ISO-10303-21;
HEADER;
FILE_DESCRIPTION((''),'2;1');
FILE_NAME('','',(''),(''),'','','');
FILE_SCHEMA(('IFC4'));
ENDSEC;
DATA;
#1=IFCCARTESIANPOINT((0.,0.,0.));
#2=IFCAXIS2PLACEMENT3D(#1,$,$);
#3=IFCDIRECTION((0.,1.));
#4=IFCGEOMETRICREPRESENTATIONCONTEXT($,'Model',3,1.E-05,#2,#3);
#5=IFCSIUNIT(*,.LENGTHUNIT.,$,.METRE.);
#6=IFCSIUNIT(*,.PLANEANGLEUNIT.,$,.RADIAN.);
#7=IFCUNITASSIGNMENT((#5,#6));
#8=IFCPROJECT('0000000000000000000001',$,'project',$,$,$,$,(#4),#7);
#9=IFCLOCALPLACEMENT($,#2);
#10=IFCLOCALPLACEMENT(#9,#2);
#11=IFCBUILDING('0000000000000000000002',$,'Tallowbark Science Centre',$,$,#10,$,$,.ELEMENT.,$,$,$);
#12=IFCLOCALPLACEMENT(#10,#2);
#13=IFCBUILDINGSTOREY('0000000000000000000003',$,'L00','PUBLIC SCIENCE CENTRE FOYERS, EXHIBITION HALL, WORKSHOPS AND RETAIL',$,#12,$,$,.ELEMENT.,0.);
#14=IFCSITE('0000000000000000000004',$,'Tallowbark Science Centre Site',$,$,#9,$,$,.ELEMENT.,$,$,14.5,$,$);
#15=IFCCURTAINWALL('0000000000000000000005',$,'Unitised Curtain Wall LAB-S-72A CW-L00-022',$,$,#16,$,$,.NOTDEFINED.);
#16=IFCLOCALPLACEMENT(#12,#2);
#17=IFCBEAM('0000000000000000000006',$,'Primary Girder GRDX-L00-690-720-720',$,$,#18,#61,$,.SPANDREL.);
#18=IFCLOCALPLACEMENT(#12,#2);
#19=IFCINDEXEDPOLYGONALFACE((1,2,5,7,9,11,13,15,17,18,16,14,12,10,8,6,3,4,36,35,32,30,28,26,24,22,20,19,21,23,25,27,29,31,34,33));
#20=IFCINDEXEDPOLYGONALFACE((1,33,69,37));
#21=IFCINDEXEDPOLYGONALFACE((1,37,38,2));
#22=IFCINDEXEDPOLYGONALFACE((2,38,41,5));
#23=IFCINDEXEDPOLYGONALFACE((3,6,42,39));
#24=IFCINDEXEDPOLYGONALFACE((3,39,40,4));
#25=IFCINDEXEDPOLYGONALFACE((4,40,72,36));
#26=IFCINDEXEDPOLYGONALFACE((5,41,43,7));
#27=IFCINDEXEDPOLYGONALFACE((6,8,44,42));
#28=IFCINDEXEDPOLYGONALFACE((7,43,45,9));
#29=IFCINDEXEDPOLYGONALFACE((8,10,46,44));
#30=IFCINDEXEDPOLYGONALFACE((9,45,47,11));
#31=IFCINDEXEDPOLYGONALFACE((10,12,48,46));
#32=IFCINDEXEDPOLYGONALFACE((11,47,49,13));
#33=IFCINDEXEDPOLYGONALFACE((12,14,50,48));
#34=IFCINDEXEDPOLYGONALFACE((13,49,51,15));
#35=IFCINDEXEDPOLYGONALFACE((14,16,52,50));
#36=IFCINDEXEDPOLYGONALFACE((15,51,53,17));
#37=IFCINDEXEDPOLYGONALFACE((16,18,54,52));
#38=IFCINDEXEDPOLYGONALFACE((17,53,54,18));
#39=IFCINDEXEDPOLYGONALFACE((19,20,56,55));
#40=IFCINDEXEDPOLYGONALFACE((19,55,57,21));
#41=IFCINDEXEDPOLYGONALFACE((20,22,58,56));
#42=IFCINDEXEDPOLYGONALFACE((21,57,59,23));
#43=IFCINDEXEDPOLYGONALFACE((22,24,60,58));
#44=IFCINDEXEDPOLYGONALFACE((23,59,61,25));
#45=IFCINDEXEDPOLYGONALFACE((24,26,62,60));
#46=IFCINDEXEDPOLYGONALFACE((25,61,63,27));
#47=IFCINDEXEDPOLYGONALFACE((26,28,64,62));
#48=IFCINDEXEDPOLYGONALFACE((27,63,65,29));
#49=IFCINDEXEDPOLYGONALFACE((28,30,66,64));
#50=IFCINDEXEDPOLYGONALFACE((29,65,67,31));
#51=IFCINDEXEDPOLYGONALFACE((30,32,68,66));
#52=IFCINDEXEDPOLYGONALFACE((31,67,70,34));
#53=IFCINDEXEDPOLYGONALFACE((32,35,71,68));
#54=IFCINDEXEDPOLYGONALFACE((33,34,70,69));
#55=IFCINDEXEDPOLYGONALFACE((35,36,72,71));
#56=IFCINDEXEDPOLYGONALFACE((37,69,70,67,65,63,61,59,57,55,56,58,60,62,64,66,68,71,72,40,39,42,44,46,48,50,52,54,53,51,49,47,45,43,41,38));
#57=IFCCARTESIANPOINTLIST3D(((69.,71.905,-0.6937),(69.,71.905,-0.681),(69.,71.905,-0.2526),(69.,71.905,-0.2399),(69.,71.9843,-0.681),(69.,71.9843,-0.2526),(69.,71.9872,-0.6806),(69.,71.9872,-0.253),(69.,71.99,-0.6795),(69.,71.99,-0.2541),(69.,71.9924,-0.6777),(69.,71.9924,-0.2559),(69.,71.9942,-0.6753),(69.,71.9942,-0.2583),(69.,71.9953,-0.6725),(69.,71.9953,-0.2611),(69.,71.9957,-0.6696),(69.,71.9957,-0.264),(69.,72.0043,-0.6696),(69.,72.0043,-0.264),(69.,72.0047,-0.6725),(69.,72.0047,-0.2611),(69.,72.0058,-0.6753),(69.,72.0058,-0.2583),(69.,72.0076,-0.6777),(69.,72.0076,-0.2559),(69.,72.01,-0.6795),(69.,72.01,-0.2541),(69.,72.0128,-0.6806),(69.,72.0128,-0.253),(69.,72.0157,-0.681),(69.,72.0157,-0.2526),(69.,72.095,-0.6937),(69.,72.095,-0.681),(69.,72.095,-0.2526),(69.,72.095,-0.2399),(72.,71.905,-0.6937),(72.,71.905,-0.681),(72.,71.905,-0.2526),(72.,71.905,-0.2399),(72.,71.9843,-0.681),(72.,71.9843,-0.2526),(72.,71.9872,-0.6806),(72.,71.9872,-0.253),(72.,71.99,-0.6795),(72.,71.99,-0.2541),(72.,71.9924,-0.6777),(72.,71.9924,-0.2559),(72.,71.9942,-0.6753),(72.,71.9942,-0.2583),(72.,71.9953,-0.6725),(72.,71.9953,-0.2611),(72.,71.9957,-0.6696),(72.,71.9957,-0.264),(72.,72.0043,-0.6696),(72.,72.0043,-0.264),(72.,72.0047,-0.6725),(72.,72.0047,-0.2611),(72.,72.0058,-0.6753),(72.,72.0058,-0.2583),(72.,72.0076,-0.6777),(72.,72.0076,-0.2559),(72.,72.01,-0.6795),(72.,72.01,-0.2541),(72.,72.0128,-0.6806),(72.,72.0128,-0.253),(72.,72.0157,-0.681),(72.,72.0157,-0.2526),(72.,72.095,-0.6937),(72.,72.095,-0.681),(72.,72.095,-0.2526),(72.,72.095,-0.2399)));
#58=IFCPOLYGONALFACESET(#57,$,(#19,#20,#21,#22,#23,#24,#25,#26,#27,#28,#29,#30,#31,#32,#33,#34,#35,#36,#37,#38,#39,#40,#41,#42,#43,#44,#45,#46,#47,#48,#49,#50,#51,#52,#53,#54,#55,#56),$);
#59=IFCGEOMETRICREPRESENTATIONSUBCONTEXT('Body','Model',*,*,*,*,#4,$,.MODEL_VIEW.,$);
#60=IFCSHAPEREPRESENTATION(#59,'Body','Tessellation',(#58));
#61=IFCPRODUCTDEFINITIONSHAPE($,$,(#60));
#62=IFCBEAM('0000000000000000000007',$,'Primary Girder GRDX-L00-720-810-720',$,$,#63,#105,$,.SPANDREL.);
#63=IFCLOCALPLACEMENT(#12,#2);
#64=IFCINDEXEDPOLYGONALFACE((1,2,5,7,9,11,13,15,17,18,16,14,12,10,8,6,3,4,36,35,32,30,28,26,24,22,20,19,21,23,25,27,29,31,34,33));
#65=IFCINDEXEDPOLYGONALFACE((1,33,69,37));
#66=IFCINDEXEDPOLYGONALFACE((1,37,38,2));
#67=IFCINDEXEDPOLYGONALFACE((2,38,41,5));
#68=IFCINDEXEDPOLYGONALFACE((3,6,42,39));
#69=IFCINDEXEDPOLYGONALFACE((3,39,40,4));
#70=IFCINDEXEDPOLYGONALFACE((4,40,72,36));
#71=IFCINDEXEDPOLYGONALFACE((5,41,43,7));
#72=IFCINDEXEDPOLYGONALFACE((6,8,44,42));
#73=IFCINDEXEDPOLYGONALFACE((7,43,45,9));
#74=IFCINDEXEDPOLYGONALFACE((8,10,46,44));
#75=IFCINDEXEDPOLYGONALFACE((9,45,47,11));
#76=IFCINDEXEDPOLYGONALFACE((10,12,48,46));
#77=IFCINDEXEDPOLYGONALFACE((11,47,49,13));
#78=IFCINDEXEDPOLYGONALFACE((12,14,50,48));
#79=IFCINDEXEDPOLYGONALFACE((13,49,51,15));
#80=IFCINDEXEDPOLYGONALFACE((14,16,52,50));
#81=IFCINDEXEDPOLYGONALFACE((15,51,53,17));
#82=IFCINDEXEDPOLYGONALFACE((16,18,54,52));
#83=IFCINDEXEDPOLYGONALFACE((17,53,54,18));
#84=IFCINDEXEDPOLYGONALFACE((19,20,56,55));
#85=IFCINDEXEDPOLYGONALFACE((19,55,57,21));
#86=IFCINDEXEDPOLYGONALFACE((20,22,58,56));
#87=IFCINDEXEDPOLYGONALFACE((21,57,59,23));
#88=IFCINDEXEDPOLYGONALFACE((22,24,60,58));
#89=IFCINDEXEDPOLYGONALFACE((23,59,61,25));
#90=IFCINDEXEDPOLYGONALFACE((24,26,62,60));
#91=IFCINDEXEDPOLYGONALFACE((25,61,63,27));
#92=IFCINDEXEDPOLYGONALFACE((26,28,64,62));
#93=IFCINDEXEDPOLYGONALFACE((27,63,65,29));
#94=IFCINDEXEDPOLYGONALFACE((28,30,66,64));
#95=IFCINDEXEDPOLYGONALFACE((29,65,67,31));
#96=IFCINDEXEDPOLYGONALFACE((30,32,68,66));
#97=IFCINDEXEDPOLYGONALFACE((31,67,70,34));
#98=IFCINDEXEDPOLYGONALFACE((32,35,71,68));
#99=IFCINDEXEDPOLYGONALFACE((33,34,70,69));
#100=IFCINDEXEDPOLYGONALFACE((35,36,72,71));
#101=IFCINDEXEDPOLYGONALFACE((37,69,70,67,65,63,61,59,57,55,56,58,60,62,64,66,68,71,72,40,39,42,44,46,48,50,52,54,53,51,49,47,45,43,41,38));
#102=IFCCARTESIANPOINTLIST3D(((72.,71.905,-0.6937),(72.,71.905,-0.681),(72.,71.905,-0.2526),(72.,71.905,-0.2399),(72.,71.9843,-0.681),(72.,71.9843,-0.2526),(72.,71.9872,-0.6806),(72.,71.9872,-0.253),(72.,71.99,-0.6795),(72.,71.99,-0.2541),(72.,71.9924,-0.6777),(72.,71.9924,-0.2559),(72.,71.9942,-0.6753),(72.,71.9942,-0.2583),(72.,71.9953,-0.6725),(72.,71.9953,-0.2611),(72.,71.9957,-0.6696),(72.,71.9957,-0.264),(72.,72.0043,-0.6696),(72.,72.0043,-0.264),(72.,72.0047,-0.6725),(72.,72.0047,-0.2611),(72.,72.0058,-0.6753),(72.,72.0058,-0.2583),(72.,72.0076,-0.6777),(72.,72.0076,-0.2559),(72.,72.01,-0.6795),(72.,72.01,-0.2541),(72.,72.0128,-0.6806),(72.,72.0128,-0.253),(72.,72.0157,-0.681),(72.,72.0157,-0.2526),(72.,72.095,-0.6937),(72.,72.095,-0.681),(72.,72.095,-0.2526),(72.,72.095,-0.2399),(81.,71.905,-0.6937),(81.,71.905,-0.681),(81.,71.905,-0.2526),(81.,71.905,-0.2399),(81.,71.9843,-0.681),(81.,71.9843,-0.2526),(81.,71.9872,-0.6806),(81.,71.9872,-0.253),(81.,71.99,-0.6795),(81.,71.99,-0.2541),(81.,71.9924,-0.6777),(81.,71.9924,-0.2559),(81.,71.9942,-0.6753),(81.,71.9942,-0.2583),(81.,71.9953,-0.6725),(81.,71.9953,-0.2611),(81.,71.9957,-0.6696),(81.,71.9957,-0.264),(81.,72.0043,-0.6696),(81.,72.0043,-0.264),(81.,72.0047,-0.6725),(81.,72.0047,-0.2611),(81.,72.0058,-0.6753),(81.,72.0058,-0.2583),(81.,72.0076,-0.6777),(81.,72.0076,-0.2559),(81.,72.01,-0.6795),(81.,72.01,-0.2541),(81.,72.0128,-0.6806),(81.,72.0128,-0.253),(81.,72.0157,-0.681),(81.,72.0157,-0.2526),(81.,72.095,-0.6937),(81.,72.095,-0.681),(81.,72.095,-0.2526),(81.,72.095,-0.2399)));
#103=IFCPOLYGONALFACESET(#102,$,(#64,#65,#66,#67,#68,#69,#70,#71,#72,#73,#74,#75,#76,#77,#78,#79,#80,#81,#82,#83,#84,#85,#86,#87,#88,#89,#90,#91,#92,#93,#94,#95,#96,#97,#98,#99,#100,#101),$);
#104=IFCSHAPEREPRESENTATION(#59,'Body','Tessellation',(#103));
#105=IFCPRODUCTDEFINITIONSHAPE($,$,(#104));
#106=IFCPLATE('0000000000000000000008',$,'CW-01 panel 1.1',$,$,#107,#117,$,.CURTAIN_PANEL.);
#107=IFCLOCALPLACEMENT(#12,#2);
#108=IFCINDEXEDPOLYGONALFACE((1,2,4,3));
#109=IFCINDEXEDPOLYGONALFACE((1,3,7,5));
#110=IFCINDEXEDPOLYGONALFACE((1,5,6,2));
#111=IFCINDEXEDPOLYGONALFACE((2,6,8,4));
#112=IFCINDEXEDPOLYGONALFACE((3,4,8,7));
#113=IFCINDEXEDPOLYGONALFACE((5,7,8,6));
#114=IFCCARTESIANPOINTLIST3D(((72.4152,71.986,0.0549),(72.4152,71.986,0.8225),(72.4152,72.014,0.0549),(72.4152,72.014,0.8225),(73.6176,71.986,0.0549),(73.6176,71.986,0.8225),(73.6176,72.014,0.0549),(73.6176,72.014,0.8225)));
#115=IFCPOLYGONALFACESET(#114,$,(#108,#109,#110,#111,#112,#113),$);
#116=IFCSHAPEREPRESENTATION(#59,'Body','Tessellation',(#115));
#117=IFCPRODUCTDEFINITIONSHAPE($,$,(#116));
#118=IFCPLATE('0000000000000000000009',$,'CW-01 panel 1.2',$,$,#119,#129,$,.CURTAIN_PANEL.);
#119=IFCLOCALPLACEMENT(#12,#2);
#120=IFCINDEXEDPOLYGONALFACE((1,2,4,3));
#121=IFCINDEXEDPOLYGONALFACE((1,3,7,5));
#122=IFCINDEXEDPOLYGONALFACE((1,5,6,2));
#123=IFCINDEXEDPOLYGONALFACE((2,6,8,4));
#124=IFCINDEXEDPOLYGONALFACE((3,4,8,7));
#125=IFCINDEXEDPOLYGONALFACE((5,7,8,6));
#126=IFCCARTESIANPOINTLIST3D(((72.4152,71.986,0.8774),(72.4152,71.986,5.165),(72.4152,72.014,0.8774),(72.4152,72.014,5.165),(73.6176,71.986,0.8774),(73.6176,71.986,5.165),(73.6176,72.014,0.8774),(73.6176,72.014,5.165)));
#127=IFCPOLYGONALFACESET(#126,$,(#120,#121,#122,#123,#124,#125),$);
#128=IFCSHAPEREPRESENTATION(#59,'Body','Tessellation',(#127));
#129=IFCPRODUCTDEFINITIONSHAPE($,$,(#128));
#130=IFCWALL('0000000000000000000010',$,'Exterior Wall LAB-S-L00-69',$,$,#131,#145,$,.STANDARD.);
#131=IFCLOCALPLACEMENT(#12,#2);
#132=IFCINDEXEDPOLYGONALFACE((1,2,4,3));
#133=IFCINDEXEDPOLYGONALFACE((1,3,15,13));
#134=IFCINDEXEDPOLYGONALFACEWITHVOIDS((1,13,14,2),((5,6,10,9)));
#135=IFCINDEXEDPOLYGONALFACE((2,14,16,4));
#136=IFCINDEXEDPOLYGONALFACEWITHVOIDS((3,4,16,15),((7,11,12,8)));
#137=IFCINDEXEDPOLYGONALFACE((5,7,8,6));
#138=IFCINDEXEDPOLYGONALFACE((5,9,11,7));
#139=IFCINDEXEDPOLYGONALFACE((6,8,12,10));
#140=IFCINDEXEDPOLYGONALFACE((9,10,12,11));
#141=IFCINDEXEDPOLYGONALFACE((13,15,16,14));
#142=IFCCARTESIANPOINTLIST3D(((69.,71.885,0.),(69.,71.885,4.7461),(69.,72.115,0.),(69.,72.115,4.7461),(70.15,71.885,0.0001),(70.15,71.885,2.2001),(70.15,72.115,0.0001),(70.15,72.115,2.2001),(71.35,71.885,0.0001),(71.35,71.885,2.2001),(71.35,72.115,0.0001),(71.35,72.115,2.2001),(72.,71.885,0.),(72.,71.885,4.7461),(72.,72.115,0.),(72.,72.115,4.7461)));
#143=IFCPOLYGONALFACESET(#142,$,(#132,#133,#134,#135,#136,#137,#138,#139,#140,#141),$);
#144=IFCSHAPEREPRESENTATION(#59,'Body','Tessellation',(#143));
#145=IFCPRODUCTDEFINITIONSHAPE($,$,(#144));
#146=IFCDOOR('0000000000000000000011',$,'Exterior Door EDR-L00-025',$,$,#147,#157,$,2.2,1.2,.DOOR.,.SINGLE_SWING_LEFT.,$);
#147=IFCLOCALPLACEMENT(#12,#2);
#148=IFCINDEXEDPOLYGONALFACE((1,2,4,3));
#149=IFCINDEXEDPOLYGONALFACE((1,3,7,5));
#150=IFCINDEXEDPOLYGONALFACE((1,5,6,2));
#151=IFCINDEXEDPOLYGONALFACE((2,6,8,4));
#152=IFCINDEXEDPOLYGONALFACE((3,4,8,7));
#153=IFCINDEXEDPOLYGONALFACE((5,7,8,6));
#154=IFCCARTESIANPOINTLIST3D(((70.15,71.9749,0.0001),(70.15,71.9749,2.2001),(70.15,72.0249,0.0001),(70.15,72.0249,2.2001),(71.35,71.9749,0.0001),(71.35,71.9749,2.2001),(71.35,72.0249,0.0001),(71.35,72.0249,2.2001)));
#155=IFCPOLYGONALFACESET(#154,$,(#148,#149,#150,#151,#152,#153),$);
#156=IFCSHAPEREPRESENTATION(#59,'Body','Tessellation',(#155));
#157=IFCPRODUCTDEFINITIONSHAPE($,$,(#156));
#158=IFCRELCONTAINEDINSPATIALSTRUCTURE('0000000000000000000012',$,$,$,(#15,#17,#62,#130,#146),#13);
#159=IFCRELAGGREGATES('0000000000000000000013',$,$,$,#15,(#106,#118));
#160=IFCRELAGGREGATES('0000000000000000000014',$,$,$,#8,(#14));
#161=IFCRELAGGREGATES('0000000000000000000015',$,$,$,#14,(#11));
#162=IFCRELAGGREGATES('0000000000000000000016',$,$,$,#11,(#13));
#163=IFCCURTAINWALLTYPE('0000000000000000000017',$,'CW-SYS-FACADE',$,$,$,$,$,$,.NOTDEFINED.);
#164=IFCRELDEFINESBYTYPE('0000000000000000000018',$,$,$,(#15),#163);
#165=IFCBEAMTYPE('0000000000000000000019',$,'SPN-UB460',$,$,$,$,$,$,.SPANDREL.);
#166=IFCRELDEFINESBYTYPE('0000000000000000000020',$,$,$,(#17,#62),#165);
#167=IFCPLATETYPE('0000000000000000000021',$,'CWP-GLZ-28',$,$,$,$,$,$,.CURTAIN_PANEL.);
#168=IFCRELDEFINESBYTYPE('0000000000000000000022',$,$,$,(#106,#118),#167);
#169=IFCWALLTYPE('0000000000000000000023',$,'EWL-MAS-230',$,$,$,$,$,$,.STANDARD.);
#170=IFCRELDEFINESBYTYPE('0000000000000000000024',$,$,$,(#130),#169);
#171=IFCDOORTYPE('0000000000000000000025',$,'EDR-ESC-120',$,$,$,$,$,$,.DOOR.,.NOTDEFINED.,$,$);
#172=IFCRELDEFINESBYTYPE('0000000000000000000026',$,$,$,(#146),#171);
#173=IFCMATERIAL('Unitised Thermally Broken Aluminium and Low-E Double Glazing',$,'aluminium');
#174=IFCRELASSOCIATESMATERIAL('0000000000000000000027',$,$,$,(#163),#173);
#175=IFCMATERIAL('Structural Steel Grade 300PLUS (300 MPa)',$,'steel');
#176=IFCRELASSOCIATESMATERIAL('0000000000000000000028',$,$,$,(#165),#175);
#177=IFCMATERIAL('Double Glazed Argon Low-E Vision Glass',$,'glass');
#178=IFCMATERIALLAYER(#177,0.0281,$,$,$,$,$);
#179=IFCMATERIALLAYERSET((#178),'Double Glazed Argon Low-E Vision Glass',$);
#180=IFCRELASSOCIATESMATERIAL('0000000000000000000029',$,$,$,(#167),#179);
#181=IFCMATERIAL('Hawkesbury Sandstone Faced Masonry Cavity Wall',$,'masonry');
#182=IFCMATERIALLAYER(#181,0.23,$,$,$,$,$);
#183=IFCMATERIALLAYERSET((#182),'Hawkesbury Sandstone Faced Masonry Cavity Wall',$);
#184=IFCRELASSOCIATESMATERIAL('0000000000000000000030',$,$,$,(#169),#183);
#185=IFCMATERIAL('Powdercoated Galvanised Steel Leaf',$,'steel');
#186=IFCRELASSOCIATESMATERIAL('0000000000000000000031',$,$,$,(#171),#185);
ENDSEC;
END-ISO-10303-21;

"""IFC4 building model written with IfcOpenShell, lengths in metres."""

from ifc_helpers import new_model, si_unit, direction, frame, frame_2d, origin, origin_2d, place, context, subcontext, project, spatial, rectangle, i_section, extrude, material, layer, layer_set, material_profile, profile_set, type_object, element, fill, aggregate, save


model = new_model("IFC4")

# Units and contexts
model_context = context("Model", 3, precision=1e-05, world=origin(), true_north=direction((0.0, 1.0)))
body_context = subcontext(model_context, "Body", "Model", "MODEL_VIEW")
ifc_project = project(units=[si_unit("LENGTHUNIT", "METRE"), si_unit("PLANEANGLEUNIT", "RADIAN")], contexts=[model_context])

# Site, building, storey
site_placement = place(None, origin())
site = spatial("IfcSite", under=ifc_project, at=site_placement, Name="Tallowbark Science Centre Site", CompositionType="ELEMENT", RefElevation=14.5)
building_placement = place(site_placement, origin())
building = spatial("IfcBuilding", under=site, at=building_placement, Name="Tallowbark Science Centre", CompositionType="ELEMENT")
storey_placement = place(building_placement, origin())
storey = spatial("IfcBuildingStorey", under=building, at=storey_placement, Name="L00", Description="PUBLIC SCIENCE CENTRE FOYERS, EXHIBITION HALL, WORKSHOPS AND RETAIL", CompositionType="ELEMENT", Elevation=0.0)

# Shared definitions
ifc_material_1 = material(Name="Structural Steel Grade 300PLUS (300 MPa)", Category="steel")

# Curtain wall
ifc_material_2 = material(Name="Unitised Thermally Broken Aluminium and Low-E Double Glazing", Category="aluminium")
curtain_wall_type = type_object("IfcCurtainWallType", Name="CW-SYS-FACADE", PredefinedType="NOTDEFINED", material=ifc_material_2)
curtain_wall_placement = place(storey_placement, origin())
curtain_wall = element("IfcCurtainWall", 1, at=curtain_wall_placement, inside=storey, type_object=curtain_wall_type, Name="Unitised Curtain Wall LAB-S-72A CW-L00-022", PredefinedType="NOTDEFINED")

# Beams
ifc_material_profile_1 = material_profile(ifc_material_1, i_section(OverallWidth=0.1899, OverallDepth=0.4539, WebThickness=0.0085, FlangeThickness=0.0127, FilletRadius=0.0115, at=origin_2d()), Name="460UB67.1")
ifc_profile_set_1 = profile_set([ifc_material_profile_1], Name="Structural Steel Grade 300PLUS (300 MPa)")
beam_type_1 = type_object("IfcBeamType", Name="SPN-UB460", PredefinedType="SPANDREL", material=ifc_profile_set_1)
beam_1_placement = place(storey_placement, frame((69.0, 72.0, -0.4668), z_axis=(1.0, 0.0, 0.0), x_axis=(0.0, 1.0, 0.0)))
element("IfcBeam", 2, at=beam_1_placement, inside=storey, type_object=beam_type_1, Name="Primary Girder GRDX-L00-690-720-720", PredefinedType="SPANDREL", context=body_context, shape_type="SweptSolid", body=[
    extrude(i_section(OverallWidth=0.1899, OverallDepth=0.4539, WebThickness=0.0085, FlangeThickness=0.0127, FilletRadius=0.0115, at=origin_2d()), origin(), (0.0, 0.0, 1.0), 3.0),
])
beam_2_placement = place(storey_placement, frame((72.0, 72.0, -0.4668), z_axis=(1.0, 0.0, 0.0), x_axis=(0.0, 1.0, 0.0)))
element("IfcBeam", 3, at=beam_2_placement, inside=storey, type_object=beam_type_1, Name="Primary Girder GRDX-L00-720-810-720", PredefinedType="SPANDREL", context=body_context, shape_type="SweptSolid", body=[
    extrude(i_section(OverallWidth=0.1899, OverallDepth=0.4539, WebThickness=0.0085, FlangeThickness=0.0127, FilletRadius=0.0115, at=origin_2d()), origin(), (0.0, 0.0, 1.0), 9.0),
])

# Plates
ifc_material_3 = material(Name="Double Glazed Argon Low-E Vision Glass", Category="glass")
ifc_layer_1 = layer(ifc_material_3, 0.0281)
ifc_layer_set_1 = layer_set([ifc_layer_1], Name="Double Glazed Argon Low-E Vision Glass")
plate_type = type_object("IfcPlateType", Name="CWP-GLZ-28", PredefinedType="CURTAIN_PANEL", material=ifc_layer_set_1)
plate_1_placement = place(storey_placement, frame((73.0164, 72.0, 0.0549), z_axis=(0.0, 0.0, 1.0), x_axis=(1.0, 0.0, 0.0)))
plate_1 = element("IfcPlate", 4, at=plate_1_placement, type_object=plate_type, Name="CW-01 panel 1.1", PredefinedType="CURTAIN_PANEL", context=body_context, shape_type="SweptSolid", body=[
    extrude(rectangle(XDim=1.2024, YDim=0.0281, at=origin_2d()), origin(), (0.0, 0.0, 1.0), 0.7676),
])
plate_2_placement = place(storey_placement, frame((73.0164, 72.0, 0.8774), z_axis=(0.0, 0.0, 1.0), x_axis=(1.0, 0.0, 0.0)))
plate_2 = element("IfcPlate", 5, at=plate_2_placement, type_object=plate_type, Name="CW-01 panel 1.2", PredefinedType="CURTAIN_PANEL", context=body_context, shape_type="SweptSolid", body=[
    extrude(rectangle(XDim=1.2024, YDim=0.0281, at=origin_2d()), origin(), (0.0, 0.0, 1.0), 4.2876),
])
aggregate(curtain_wall, [plate_1, plate_2])

# Wall, opening, door
ifc_material_4 = material(Name="Hawkesbury Sandstone Faced Masonry Cavity Wall", Category="masonry")
ifc_layer_2 = layer(ifc_material_4, 0.23)
ifc_layer_set_2 = layer_set([ifc_layer_2], Name="Hawkesbury Sandstone Faced Masonry Cavity Wall")
wall_type_1 = type_object("IfcWallType", Name="EWL-MAS-230", PredefinedType="STANDARD", material=ifc_layer_set_2)
wall_1_placement = place(storey_placement, frame((69.0, 72.0, 0.0), z_axis=(0.0, 0.0, 1.0), x_axis=(1.0, 0.0, 0.0)))
wall_1 = element("IfcWall", 6, at=wall_1_placement, inside=storey, type_object=wall_type_1, Name="Exterior Wall LAB-S-L00-69", PredefinedType="STANDARD", context=body_context, shape_type="SweptSolid", body=[
    extrude(rectangle(XDim=3.0, YDim=0.23, at=frame_2d((1.5, 0.0))), origin(), (0.0, 0.0, 1.0), 4.7461),
])
opening_1_placement = place(wall_1_placement, frame((1.1499, 0.0, 0.0)))
opening_1 = element("IfcOpeningElement", 7, at=opening_1_placement, cuts=wall_1, PredefinedType="OPENING", context=body_context, shape_type="SweptSolid", body=[
    extrude(rectangle(XDim=1.2, YDim=2.2, at=frame_2d((0.6001, 1.1001))), frame((0.0, 0.125, 0.0), z_axis=(0.0, -1.0, 0.0), x_axis=(1.0, 0.0, 0.0)), (0.0, 0.0, 1.0), 0.25),
])
ifc_material_5 = material(Name="Powdercoated Galvanised Steel Leaf", Category="steel")
door_type_1 = type_object("IfcDoorType", Name="EDR-ESC-120", OperationType="NOTDEFINED", PredefinedType="DOOR", material=ifc_material_5)
door_1_placement = place(opening_1_placement, origin())
door_1 = element("IfcDoor", 8, at=door_1_placement, inside=storey, type_object=door_type_1, Name="Exterior Door EDR-L00-025", OperationType="SINGLE_SWING_LEFT", OverallHeight=2.2, OverallWidth=1.2, PredefinedType="DOOR", context=body_context, shape_type="SweptSolid", body=[
    extrude(rectangle(XDim=1.2, YDim=2.2, at=frame_2d((0.6001, 1.1001))), frame((0.0, 0.0249, 0.0), z_axis=(0.0, -1.0, 0.0), x_axis=(1.0, 0.0, 0.0)), (0.0, 0.0, 1.0), 0.05),
])
fill(opening_1, door_1)

save(model, "model.ifc")
